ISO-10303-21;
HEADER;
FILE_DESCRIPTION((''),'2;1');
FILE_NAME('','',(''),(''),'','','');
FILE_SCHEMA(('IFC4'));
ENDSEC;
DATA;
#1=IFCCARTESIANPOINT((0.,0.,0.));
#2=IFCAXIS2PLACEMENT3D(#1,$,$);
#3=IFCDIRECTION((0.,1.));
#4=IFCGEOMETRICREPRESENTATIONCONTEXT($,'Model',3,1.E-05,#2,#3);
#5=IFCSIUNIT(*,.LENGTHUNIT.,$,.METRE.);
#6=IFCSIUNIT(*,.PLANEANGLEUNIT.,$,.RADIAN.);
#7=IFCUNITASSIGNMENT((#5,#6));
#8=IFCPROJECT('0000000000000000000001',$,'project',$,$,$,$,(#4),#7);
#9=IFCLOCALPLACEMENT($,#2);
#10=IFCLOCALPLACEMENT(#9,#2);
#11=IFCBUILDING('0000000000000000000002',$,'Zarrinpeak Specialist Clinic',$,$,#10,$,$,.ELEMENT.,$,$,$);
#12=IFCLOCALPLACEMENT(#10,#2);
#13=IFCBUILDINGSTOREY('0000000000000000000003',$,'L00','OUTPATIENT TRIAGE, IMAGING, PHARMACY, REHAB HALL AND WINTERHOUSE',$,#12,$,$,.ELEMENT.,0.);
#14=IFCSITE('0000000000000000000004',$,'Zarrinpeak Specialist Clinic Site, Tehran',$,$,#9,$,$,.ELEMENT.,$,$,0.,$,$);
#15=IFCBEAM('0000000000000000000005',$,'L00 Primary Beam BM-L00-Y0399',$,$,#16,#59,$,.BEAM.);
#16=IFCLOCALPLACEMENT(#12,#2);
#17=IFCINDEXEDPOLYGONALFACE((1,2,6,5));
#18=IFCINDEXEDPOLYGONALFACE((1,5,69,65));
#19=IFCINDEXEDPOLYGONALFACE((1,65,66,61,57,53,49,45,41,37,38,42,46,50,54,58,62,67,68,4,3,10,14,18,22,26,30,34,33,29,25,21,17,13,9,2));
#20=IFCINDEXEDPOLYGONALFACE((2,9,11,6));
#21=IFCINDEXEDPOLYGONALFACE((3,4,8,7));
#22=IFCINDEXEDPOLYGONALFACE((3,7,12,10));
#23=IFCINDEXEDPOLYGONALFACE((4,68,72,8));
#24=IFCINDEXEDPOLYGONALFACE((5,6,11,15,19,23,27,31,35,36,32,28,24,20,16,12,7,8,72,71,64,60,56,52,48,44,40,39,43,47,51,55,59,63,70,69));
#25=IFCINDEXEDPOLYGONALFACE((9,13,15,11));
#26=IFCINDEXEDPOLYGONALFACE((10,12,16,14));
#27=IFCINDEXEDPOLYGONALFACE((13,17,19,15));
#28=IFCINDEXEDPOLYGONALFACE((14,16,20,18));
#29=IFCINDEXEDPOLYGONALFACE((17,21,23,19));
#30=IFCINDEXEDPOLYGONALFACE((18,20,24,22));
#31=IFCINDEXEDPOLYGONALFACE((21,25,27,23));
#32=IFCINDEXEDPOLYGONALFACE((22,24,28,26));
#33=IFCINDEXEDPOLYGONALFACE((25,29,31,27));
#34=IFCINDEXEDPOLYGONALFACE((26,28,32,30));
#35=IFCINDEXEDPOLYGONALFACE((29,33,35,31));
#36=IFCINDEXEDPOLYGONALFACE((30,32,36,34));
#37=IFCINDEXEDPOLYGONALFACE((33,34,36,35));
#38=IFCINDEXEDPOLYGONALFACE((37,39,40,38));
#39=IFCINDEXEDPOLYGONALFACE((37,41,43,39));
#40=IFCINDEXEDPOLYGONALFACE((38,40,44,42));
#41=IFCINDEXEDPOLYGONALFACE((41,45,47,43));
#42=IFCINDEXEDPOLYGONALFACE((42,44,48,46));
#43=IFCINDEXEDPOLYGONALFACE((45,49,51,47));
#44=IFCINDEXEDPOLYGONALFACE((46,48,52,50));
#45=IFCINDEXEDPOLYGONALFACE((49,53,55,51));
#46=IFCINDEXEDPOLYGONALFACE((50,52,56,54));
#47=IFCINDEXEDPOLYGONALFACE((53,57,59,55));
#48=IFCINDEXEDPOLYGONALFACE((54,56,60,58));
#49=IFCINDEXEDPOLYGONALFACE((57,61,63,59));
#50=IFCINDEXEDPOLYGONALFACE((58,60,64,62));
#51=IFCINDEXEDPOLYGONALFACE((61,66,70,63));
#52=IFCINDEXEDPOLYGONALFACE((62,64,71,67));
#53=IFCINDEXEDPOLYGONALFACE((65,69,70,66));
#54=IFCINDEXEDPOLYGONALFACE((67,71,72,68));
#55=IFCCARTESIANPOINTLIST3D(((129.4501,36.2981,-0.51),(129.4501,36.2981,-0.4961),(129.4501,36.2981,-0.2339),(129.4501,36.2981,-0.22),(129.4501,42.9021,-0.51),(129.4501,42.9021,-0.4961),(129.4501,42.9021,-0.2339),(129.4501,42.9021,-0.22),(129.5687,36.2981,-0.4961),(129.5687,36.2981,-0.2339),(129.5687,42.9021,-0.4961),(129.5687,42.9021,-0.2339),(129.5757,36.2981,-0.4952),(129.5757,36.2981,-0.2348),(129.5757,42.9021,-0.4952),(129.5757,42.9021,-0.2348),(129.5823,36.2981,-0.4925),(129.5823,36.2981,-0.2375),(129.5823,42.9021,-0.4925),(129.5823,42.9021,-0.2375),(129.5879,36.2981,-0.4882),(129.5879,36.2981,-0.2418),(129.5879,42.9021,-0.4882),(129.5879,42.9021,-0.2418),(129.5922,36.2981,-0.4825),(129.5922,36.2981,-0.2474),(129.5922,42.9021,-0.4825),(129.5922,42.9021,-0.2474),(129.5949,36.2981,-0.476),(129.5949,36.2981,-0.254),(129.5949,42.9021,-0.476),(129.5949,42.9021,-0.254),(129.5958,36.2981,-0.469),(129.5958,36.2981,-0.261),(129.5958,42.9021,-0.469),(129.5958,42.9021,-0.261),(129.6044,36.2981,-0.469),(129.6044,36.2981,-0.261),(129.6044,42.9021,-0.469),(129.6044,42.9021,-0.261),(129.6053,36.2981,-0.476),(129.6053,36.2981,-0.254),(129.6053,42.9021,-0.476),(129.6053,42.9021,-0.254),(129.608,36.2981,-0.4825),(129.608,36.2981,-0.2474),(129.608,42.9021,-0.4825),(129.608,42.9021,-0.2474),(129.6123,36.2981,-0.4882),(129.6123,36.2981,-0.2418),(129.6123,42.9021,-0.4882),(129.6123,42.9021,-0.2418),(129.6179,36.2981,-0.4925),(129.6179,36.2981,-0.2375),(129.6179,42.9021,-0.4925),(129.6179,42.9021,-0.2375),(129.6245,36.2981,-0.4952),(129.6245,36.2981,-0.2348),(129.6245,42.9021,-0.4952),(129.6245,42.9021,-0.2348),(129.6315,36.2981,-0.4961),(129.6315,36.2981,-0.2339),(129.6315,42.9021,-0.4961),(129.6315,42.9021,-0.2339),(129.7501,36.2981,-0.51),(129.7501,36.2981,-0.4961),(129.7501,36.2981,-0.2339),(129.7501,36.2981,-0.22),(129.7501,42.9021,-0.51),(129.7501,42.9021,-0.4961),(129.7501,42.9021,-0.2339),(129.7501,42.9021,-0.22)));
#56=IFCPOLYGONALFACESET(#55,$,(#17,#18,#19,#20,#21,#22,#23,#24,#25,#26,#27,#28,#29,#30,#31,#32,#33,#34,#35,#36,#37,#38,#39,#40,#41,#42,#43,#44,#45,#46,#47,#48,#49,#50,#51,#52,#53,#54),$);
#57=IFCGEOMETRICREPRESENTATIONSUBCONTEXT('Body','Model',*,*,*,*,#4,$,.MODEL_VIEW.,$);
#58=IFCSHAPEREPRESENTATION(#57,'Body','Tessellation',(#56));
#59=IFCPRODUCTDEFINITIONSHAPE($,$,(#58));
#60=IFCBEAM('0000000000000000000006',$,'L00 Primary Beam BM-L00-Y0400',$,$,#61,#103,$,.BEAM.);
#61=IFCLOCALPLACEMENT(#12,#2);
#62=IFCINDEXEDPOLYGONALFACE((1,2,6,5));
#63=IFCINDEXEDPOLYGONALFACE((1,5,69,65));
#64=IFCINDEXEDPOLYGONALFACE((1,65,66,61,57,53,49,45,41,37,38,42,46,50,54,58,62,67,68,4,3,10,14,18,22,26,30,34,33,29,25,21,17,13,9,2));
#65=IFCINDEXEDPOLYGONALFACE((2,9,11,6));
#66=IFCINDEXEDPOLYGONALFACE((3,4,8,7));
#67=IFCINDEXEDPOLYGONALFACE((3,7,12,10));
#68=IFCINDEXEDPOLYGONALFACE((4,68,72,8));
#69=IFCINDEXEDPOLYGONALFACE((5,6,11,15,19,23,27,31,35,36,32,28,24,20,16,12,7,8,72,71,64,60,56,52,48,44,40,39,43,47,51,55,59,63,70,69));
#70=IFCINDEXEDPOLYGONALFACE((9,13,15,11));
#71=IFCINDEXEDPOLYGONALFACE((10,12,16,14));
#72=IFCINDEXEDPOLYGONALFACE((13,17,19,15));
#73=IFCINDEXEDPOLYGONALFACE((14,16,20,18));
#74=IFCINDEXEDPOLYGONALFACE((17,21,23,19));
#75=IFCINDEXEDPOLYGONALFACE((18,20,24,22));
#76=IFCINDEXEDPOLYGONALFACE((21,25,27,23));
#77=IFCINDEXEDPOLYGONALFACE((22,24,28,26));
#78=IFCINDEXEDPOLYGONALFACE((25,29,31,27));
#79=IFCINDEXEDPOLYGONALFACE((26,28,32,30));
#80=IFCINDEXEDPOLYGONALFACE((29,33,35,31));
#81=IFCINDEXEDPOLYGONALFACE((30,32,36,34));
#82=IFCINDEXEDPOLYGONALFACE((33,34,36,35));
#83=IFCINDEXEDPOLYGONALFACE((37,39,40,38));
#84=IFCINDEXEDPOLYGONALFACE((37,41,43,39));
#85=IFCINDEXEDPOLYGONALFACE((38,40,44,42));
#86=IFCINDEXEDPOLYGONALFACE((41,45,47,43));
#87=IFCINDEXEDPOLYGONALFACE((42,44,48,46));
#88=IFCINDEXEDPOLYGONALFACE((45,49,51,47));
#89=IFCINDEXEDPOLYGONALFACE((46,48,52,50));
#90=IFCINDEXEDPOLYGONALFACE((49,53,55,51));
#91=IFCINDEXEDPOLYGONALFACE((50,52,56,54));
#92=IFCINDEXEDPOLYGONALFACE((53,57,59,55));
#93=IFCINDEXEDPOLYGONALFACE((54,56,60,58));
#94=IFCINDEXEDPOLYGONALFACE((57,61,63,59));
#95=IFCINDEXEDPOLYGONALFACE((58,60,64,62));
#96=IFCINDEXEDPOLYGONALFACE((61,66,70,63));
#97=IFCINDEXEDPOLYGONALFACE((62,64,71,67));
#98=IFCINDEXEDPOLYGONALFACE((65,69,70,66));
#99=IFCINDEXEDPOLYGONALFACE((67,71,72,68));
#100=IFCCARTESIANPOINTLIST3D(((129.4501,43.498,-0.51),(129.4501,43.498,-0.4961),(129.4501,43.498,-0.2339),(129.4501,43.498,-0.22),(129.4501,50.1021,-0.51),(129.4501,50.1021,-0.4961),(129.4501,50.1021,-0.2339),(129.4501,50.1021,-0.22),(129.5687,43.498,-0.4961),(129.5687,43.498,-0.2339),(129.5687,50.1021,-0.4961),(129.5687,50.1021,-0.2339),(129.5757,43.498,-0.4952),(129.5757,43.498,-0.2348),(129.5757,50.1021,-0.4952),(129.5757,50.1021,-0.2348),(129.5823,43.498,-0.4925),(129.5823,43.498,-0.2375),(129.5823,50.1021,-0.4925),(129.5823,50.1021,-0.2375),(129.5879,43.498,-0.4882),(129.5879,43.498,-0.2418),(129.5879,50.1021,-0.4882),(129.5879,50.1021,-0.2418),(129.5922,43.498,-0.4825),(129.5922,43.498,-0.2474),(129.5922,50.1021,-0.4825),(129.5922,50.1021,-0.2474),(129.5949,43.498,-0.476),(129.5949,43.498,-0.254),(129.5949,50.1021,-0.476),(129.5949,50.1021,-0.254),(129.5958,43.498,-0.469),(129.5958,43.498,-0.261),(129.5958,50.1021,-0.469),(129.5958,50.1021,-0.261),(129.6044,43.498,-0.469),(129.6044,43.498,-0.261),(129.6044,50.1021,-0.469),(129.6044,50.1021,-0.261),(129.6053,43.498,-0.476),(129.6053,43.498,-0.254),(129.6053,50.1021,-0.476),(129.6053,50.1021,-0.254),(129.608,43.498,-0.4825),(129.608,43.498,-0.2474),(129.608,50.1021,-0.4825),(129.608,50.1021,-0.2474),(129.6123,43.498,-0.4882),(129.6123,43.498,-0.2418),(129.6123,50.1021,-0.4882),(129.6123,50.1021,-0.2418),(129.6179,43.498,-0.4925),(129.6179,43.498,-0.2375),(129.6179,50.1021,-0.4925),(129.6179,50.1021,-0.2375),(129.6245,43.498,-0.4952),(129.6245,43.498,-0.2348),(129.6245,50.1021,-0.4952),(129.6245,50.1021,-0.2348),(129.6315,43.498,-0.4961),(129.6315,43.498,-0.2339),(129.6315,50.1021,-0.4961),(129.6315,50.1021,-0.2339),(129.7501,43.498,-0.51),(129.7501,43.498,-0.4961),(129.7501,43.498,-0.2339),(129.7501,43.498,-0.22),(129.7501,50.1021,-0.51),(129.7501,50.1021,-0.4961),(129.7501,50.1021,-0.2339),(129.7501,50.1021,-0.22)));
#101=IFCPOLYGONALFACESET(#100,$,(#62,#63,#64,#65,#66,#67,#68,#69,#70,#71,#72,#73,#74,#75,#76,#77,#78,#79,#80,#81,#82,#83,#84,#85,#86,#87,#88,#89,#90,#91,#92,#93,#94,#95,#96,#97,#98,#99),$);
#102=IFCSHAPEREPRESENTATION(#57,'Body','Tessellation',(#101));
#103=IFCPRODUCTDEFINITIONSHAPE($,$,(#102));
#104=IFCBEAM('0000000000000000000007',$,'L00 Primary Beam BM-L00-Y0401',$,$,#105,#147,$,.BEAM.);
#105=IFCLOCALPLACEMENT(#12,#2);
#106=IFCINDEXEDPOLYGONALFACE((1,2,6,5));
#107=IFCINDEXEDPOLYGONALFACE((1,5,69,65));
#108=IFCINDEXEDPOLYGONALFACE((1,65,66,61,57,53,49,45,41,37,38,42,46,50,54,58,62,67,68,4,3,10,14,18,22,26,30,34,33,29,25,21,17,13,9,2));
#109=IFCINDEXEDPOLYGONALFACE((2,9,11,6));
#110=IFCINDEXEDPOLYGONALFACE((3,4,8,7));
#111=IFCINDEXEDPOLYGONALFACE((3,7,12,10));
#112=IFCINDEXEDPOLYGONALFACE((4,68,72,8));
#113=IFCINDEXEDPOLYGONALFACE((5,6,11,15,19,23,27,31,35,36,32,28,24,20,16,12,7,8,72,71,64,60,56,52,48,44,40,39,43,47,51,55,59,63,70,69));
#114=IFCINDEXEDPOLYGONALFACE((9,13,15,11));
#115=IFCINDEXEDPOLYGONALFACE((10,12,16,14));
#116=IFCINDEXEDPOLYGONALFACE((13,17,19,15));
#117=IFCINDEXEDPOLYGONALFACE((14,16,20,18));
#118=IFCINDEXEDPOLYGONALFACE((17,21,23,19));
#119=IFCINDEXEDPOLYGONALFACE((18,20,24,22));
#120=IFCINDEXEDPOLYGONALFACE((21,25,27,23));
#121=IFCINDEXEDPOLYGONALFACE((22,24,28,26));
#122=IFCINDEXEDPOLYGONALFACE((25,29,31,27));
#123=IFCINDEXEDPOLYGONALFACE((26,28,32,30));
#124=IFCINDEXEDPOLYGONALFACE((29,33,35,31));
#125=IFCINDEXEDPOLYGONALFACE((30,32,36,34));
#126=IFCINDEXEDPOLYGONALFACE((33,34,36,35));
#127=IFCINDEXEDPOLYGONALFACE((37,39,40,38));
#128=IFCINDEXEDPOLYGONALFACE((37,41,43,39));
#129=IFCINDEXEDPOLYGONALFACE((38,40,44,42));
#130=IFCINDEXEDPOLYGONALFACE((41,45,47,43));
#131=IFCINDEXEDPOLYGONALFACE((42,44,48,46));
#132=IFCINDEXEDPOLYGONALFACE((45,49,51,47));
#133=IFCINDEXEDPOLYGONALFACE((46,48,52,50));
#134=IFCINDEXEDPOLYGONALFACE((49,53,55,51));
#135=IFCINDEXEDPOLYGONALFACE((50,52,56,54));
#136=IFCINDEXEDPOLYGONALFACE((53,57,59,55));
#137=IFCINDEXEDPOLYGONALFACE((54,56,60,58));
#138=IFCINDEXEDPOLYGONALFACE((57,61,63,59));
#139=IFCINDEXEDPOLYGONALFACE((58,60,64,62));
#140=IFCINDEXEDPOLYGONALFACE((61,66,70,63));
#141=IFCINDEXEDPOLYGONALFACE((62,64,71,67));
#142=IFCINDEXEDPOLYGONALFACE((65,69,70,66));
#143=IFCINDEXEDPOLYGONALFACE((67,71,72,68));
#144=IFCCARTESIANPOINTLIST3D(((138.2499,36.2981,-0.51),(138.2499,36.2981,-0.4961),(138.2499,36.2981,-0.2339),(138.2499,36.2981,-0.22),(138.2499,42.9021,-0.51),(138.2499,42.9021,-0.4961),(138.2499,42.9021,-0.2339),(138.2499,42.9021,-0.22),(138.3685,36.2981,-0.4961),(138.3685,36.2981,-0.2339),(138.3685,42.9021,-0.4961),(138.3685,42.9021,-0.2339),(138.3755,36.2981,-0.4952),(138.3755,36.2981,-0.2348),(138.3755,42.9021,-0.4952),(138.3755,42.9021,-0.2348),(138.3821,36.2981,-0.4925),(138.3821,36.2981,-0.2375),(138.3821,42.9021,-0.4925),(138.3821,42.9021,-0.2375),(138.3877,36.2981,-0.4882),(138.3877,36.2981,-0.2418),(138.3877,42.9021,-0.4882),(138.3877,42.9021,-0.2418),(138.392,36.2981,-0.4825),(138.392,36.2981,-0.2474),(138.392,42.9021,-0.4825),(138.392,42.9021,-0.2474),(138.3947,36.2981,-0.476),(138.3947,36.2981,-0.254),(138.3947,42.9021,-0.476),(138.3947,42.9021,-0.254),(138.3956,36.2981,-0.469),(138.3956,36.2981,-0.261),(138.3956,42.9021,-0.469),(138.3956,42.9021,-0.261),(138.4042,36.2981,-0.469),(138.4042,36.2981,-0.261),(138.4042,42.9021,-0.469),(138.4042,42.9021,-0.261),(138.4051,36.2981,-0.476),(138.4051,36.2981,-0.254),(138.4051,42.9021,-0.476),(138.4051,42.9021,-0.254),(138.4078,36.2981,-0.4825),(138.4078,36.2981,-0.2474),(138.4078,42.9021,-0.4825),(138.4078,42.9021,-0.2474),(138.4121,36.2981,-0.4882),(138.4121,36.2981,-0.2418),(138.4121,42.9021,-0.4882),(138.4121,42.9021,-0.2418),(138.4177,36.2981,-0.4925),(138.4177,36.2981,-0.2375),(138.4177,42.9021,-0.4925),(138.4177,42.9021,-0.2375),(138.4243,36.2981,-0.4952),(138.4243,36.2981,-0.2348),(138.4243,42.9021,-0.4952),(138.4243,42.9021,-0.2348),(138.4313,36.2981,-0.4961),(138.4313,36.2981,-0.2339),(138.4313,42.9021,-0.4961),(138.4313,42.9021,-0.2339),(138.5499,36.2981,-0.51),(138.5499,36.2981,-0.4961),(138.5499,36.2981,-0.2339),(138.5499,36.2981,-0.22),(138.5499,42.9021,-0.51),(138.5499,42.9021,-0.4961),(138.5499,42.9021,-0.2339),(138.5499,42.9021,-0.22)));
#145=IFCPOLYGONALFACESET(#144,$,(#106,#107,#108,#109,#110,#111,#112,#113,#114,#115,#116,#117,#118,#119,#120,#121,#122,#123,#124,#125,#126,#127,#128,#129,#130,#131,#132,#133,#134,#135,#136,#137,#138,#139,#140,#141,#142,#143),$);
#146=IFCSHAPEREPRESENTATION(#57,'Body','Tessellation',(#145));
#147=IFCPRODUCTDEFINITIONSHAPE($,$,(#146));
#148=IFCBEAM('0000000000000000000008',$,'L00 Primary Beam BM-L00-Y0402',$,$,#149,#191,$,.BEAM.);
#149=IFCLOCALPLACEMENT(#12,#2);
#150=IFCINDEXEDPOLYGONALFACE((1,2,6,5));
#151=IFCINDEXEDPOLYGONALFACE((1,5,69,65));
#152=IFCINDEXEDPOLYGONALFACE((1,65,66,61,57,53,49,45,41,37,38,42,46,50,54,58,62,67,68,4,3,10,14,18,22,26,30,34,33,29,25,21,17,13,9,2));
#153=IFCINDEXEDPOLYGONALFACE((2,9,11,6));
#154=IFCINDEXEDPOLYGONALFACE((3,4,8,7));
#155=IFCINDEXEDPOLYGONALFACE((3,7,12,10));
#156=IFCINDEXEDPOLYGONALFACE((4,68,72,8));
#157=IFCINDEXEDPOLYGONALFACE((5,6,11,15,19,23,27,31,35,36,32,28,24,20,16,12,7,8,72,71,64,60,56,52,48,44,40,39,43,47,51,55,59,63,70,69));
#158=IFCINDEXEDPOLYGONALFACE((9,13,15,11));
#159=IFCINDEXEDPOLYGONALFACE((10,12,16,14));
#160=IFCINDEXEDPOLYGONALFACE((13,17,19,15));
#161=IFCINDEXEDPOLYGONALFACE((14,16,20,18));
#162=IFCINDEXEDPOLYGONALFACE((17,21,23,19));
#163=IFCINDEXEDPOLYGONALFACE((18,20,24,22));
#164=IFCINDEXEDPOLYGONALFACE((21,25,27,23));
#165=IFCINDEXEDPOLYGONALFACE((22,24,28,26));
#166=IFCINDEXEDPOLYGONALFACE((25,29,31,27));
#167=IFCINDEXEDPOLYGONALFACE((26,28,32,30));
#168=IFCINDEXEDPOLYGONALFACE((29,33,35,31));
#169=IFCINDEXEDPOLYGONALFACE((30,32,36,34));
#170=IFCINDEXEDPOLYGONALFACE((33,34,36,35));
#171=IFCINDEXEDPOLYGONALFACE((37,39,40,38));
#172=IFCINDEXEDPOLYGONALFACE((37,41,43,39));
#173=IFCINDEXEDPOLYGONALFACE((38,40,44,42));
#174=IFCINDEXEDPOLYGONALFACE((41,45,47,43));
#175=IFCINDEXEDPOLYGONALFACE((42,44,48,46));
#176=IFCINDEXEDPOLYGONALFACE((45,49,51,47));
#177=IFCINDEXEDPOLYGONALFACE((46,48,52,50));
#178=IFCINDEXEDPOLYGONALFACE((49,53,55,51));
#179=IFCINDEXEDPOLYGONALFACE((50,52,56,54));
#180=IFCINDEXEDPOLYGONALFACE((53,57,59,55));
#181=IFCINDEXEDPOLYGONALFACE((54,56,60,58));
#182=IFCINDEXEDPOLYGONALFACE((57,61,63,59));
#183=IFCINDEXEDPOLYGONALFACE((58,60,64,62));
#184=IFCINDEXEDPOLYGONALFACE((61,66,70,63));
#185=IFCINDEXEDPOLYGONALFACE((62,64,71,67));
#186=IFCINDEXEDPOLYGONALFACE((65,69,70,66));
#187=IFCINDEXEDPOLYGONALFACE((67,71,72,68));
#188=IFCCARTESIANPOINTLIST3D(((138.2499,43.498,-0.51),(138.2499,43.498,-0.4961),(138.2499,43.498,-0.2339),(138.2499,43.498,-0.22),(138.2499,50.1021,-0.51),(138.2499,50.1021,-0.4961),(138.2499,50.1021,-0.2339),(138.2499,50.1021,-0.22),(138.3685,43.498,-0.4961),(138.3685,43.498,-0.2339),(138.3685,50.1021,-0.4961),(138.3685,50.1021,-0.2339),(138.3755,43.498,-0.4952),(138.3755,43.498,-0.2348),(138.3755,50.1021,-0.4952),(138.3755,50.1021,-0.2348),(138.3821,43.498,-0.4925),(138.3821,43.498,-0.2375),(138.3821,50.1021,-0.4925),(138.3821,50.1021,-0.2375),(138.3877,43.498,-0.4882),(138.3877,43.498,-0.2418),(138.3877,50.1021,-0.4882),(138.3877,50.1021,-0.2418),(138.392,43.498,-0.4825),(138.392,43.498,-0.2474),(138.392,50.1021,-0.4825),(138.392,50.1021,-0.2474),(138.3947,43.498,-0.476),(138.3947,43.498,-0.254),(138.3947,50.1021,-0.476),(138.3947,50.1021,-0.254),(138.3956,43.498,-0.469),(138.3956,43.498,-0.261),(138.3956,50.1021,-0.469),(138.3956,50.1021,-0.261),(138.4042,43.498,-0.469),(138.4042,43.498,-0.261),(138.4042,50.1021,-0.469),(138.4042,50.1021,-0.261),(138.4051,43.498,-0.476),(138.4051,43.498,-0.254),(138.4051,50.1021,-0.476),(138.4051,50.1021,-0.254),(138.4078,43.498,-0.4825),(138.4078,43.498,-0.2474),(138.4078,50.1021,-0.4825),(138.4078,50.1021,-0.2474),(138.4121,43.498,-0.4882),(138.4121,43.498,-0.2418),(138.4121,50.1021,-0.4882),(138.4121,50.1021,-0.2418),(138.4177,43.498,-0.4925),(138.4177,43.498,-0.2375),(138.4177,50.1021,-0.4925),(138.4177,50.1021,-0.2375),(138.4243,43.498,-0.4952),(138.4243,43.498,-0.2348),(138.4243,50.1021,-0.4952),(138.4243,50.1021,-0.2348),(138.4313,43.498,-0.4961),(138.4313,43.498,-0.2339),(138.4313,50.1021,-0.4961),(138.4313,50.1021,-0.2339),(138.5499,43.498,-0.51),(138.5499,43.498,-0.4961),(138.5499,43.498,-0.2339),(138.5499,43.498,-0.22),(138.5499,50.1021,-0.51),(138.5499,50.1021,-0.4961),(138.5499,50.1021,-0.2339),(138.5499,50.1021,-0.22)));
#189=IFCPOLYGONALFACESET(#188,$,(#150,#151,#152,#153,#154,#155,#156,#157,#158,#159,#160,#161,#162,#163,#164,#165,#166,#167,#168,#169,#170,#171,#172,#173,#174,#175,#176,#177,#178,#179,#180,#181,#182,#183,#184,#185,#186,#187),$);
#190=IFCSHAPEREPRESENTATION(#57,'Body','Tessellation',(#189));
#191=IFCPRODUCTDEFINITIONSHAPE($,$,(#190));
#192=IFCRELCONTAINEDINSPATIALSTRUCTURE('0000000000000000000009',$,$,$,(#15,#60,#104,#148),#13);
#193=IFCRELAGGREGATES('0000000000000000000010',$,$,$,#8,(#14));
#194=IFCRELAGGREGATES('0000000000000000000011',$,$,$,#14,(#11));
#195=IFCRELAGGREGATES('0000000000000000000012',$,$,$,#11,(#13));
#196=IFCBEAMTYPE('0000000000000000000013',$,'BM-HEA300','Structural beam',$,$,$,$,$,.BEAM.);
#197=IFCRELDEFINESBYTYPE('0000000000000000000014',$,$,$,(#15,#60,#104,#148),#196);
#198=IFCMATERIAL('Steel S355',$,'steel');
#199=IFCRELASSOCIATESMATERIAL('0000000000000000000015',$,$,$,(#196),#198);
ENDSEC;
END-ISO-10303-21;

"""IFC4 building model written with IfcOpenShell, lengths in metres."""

from ifc_helpers import new_model, si_unit, direction, frame, origin, origin_2d, place, context, subcontext, project, spatial, i_section, extrude, material, material_profile, profile_set, type_object, element, save


model = new_model("IFC4")

# Units and contexts
model_context = context("Model", 3, precision=1e-05, world=origin(), true_north=direction((0.0, 1.0)))
body_context = subcontext(model_context, "Body", "Model", "MODEL_VIEW")
ifc_project = project(units=[si_unit("LENGTHUNIT", "METRE"), si_unit("PLANEANGLEUNIT", "RADIAN")], contexts=[model_context])

# Site, building, storey
site_placement = place(None, origin())
site = spatial("IfcSite", under=ifc_project, at=site_placement, Name="Zarrinpeak Specialist Clinic Site, Tehran", CompositionType="ELEMENT", RefElevation=0.0)
building_placement = place(site_placement, origin())
building = spatial("IfcBuilding", under=site, at=building_placement, Name="Zarrinpeak Specialist Clinic", CompositionType="ELEMENT")
storey_placement = place(building_placement, origin())
storey = spatial("IfcBuildingStorey", under=building, at=storey_placement, Name="L00", Description="OUTPATIENT TRIAGE, IMAGING, PHARMACY, REHAB HALL AND WINTERHOUSE", CompositionType="ELEMENT", Elevation=0.0)

# Beams
ifc_material_1 = material(Name="Steel S355", Category="steel")
ifc_material_profile_1 = material_profile(ifc_material_1, i_section(OverallWidth=0.3, OverallDepth=0.29, WebThickness=0.0085, FlangeThickness=0.0139, FilletRadius=0.0271, at=origin_2d()), Name="HEA 300")
ifc_profile_set_1 = profile_set([ifc_material_profile_1], Name="Steel S355")
beam_type_1 = type_object("IfcBeamType", Name="BM-HEA300", Description="Structural beam", PredefinedType="BEAM", material=ifc_profile_set_1)
for number, where, z_axis, x_axis, name in (
    (1, (129.6001, 36.2981, -0.365), (0.0, 1.0, 0.0), (-1.0, 0.0, 0.0), "L00 Primary Beam BM-L00-Y0399"),
    (2, (129.6001, 43.498, -0.365), (0.0, 1.0, 0.0), (-1.0, 0.0, 0.0), "L00 Primary Beam BM-L00-Y0400"),
    (3, (138.3999, 36.2981, -0.365), (0.0, 1.0, 0.0), (-1.0, 0.0, 0.0), "L00 Primary Beam BM-L00-Y0401"),
    (4, (138.3999, 43.498, -0.365), (0.0, 1.0, 0.0), (-1.0, 0.0, 0.0), "L00 Primary Beam BM-L00-Y0402"),
):
    element("IfcBeam", number, at=place(storey_placement, frame(where, z_axis=z_axis, x_axis=x_axis)), inside=storey, type_object=beam_type_1, Name=name, PredefinedType="BEAM", context=body_context, shape_type="SweptSolid", body=[
        extrude(i_section(OverallWidth=0.3, OverallDepth=0.29, WebThickness=0.0085, FlangeThickness=0.0139, FilletRadius=0.0271, at=origin_2d()), origin(), (0.0, 0.0, 1.0), 6.604),
    ])

save(model, "model.ifc")
